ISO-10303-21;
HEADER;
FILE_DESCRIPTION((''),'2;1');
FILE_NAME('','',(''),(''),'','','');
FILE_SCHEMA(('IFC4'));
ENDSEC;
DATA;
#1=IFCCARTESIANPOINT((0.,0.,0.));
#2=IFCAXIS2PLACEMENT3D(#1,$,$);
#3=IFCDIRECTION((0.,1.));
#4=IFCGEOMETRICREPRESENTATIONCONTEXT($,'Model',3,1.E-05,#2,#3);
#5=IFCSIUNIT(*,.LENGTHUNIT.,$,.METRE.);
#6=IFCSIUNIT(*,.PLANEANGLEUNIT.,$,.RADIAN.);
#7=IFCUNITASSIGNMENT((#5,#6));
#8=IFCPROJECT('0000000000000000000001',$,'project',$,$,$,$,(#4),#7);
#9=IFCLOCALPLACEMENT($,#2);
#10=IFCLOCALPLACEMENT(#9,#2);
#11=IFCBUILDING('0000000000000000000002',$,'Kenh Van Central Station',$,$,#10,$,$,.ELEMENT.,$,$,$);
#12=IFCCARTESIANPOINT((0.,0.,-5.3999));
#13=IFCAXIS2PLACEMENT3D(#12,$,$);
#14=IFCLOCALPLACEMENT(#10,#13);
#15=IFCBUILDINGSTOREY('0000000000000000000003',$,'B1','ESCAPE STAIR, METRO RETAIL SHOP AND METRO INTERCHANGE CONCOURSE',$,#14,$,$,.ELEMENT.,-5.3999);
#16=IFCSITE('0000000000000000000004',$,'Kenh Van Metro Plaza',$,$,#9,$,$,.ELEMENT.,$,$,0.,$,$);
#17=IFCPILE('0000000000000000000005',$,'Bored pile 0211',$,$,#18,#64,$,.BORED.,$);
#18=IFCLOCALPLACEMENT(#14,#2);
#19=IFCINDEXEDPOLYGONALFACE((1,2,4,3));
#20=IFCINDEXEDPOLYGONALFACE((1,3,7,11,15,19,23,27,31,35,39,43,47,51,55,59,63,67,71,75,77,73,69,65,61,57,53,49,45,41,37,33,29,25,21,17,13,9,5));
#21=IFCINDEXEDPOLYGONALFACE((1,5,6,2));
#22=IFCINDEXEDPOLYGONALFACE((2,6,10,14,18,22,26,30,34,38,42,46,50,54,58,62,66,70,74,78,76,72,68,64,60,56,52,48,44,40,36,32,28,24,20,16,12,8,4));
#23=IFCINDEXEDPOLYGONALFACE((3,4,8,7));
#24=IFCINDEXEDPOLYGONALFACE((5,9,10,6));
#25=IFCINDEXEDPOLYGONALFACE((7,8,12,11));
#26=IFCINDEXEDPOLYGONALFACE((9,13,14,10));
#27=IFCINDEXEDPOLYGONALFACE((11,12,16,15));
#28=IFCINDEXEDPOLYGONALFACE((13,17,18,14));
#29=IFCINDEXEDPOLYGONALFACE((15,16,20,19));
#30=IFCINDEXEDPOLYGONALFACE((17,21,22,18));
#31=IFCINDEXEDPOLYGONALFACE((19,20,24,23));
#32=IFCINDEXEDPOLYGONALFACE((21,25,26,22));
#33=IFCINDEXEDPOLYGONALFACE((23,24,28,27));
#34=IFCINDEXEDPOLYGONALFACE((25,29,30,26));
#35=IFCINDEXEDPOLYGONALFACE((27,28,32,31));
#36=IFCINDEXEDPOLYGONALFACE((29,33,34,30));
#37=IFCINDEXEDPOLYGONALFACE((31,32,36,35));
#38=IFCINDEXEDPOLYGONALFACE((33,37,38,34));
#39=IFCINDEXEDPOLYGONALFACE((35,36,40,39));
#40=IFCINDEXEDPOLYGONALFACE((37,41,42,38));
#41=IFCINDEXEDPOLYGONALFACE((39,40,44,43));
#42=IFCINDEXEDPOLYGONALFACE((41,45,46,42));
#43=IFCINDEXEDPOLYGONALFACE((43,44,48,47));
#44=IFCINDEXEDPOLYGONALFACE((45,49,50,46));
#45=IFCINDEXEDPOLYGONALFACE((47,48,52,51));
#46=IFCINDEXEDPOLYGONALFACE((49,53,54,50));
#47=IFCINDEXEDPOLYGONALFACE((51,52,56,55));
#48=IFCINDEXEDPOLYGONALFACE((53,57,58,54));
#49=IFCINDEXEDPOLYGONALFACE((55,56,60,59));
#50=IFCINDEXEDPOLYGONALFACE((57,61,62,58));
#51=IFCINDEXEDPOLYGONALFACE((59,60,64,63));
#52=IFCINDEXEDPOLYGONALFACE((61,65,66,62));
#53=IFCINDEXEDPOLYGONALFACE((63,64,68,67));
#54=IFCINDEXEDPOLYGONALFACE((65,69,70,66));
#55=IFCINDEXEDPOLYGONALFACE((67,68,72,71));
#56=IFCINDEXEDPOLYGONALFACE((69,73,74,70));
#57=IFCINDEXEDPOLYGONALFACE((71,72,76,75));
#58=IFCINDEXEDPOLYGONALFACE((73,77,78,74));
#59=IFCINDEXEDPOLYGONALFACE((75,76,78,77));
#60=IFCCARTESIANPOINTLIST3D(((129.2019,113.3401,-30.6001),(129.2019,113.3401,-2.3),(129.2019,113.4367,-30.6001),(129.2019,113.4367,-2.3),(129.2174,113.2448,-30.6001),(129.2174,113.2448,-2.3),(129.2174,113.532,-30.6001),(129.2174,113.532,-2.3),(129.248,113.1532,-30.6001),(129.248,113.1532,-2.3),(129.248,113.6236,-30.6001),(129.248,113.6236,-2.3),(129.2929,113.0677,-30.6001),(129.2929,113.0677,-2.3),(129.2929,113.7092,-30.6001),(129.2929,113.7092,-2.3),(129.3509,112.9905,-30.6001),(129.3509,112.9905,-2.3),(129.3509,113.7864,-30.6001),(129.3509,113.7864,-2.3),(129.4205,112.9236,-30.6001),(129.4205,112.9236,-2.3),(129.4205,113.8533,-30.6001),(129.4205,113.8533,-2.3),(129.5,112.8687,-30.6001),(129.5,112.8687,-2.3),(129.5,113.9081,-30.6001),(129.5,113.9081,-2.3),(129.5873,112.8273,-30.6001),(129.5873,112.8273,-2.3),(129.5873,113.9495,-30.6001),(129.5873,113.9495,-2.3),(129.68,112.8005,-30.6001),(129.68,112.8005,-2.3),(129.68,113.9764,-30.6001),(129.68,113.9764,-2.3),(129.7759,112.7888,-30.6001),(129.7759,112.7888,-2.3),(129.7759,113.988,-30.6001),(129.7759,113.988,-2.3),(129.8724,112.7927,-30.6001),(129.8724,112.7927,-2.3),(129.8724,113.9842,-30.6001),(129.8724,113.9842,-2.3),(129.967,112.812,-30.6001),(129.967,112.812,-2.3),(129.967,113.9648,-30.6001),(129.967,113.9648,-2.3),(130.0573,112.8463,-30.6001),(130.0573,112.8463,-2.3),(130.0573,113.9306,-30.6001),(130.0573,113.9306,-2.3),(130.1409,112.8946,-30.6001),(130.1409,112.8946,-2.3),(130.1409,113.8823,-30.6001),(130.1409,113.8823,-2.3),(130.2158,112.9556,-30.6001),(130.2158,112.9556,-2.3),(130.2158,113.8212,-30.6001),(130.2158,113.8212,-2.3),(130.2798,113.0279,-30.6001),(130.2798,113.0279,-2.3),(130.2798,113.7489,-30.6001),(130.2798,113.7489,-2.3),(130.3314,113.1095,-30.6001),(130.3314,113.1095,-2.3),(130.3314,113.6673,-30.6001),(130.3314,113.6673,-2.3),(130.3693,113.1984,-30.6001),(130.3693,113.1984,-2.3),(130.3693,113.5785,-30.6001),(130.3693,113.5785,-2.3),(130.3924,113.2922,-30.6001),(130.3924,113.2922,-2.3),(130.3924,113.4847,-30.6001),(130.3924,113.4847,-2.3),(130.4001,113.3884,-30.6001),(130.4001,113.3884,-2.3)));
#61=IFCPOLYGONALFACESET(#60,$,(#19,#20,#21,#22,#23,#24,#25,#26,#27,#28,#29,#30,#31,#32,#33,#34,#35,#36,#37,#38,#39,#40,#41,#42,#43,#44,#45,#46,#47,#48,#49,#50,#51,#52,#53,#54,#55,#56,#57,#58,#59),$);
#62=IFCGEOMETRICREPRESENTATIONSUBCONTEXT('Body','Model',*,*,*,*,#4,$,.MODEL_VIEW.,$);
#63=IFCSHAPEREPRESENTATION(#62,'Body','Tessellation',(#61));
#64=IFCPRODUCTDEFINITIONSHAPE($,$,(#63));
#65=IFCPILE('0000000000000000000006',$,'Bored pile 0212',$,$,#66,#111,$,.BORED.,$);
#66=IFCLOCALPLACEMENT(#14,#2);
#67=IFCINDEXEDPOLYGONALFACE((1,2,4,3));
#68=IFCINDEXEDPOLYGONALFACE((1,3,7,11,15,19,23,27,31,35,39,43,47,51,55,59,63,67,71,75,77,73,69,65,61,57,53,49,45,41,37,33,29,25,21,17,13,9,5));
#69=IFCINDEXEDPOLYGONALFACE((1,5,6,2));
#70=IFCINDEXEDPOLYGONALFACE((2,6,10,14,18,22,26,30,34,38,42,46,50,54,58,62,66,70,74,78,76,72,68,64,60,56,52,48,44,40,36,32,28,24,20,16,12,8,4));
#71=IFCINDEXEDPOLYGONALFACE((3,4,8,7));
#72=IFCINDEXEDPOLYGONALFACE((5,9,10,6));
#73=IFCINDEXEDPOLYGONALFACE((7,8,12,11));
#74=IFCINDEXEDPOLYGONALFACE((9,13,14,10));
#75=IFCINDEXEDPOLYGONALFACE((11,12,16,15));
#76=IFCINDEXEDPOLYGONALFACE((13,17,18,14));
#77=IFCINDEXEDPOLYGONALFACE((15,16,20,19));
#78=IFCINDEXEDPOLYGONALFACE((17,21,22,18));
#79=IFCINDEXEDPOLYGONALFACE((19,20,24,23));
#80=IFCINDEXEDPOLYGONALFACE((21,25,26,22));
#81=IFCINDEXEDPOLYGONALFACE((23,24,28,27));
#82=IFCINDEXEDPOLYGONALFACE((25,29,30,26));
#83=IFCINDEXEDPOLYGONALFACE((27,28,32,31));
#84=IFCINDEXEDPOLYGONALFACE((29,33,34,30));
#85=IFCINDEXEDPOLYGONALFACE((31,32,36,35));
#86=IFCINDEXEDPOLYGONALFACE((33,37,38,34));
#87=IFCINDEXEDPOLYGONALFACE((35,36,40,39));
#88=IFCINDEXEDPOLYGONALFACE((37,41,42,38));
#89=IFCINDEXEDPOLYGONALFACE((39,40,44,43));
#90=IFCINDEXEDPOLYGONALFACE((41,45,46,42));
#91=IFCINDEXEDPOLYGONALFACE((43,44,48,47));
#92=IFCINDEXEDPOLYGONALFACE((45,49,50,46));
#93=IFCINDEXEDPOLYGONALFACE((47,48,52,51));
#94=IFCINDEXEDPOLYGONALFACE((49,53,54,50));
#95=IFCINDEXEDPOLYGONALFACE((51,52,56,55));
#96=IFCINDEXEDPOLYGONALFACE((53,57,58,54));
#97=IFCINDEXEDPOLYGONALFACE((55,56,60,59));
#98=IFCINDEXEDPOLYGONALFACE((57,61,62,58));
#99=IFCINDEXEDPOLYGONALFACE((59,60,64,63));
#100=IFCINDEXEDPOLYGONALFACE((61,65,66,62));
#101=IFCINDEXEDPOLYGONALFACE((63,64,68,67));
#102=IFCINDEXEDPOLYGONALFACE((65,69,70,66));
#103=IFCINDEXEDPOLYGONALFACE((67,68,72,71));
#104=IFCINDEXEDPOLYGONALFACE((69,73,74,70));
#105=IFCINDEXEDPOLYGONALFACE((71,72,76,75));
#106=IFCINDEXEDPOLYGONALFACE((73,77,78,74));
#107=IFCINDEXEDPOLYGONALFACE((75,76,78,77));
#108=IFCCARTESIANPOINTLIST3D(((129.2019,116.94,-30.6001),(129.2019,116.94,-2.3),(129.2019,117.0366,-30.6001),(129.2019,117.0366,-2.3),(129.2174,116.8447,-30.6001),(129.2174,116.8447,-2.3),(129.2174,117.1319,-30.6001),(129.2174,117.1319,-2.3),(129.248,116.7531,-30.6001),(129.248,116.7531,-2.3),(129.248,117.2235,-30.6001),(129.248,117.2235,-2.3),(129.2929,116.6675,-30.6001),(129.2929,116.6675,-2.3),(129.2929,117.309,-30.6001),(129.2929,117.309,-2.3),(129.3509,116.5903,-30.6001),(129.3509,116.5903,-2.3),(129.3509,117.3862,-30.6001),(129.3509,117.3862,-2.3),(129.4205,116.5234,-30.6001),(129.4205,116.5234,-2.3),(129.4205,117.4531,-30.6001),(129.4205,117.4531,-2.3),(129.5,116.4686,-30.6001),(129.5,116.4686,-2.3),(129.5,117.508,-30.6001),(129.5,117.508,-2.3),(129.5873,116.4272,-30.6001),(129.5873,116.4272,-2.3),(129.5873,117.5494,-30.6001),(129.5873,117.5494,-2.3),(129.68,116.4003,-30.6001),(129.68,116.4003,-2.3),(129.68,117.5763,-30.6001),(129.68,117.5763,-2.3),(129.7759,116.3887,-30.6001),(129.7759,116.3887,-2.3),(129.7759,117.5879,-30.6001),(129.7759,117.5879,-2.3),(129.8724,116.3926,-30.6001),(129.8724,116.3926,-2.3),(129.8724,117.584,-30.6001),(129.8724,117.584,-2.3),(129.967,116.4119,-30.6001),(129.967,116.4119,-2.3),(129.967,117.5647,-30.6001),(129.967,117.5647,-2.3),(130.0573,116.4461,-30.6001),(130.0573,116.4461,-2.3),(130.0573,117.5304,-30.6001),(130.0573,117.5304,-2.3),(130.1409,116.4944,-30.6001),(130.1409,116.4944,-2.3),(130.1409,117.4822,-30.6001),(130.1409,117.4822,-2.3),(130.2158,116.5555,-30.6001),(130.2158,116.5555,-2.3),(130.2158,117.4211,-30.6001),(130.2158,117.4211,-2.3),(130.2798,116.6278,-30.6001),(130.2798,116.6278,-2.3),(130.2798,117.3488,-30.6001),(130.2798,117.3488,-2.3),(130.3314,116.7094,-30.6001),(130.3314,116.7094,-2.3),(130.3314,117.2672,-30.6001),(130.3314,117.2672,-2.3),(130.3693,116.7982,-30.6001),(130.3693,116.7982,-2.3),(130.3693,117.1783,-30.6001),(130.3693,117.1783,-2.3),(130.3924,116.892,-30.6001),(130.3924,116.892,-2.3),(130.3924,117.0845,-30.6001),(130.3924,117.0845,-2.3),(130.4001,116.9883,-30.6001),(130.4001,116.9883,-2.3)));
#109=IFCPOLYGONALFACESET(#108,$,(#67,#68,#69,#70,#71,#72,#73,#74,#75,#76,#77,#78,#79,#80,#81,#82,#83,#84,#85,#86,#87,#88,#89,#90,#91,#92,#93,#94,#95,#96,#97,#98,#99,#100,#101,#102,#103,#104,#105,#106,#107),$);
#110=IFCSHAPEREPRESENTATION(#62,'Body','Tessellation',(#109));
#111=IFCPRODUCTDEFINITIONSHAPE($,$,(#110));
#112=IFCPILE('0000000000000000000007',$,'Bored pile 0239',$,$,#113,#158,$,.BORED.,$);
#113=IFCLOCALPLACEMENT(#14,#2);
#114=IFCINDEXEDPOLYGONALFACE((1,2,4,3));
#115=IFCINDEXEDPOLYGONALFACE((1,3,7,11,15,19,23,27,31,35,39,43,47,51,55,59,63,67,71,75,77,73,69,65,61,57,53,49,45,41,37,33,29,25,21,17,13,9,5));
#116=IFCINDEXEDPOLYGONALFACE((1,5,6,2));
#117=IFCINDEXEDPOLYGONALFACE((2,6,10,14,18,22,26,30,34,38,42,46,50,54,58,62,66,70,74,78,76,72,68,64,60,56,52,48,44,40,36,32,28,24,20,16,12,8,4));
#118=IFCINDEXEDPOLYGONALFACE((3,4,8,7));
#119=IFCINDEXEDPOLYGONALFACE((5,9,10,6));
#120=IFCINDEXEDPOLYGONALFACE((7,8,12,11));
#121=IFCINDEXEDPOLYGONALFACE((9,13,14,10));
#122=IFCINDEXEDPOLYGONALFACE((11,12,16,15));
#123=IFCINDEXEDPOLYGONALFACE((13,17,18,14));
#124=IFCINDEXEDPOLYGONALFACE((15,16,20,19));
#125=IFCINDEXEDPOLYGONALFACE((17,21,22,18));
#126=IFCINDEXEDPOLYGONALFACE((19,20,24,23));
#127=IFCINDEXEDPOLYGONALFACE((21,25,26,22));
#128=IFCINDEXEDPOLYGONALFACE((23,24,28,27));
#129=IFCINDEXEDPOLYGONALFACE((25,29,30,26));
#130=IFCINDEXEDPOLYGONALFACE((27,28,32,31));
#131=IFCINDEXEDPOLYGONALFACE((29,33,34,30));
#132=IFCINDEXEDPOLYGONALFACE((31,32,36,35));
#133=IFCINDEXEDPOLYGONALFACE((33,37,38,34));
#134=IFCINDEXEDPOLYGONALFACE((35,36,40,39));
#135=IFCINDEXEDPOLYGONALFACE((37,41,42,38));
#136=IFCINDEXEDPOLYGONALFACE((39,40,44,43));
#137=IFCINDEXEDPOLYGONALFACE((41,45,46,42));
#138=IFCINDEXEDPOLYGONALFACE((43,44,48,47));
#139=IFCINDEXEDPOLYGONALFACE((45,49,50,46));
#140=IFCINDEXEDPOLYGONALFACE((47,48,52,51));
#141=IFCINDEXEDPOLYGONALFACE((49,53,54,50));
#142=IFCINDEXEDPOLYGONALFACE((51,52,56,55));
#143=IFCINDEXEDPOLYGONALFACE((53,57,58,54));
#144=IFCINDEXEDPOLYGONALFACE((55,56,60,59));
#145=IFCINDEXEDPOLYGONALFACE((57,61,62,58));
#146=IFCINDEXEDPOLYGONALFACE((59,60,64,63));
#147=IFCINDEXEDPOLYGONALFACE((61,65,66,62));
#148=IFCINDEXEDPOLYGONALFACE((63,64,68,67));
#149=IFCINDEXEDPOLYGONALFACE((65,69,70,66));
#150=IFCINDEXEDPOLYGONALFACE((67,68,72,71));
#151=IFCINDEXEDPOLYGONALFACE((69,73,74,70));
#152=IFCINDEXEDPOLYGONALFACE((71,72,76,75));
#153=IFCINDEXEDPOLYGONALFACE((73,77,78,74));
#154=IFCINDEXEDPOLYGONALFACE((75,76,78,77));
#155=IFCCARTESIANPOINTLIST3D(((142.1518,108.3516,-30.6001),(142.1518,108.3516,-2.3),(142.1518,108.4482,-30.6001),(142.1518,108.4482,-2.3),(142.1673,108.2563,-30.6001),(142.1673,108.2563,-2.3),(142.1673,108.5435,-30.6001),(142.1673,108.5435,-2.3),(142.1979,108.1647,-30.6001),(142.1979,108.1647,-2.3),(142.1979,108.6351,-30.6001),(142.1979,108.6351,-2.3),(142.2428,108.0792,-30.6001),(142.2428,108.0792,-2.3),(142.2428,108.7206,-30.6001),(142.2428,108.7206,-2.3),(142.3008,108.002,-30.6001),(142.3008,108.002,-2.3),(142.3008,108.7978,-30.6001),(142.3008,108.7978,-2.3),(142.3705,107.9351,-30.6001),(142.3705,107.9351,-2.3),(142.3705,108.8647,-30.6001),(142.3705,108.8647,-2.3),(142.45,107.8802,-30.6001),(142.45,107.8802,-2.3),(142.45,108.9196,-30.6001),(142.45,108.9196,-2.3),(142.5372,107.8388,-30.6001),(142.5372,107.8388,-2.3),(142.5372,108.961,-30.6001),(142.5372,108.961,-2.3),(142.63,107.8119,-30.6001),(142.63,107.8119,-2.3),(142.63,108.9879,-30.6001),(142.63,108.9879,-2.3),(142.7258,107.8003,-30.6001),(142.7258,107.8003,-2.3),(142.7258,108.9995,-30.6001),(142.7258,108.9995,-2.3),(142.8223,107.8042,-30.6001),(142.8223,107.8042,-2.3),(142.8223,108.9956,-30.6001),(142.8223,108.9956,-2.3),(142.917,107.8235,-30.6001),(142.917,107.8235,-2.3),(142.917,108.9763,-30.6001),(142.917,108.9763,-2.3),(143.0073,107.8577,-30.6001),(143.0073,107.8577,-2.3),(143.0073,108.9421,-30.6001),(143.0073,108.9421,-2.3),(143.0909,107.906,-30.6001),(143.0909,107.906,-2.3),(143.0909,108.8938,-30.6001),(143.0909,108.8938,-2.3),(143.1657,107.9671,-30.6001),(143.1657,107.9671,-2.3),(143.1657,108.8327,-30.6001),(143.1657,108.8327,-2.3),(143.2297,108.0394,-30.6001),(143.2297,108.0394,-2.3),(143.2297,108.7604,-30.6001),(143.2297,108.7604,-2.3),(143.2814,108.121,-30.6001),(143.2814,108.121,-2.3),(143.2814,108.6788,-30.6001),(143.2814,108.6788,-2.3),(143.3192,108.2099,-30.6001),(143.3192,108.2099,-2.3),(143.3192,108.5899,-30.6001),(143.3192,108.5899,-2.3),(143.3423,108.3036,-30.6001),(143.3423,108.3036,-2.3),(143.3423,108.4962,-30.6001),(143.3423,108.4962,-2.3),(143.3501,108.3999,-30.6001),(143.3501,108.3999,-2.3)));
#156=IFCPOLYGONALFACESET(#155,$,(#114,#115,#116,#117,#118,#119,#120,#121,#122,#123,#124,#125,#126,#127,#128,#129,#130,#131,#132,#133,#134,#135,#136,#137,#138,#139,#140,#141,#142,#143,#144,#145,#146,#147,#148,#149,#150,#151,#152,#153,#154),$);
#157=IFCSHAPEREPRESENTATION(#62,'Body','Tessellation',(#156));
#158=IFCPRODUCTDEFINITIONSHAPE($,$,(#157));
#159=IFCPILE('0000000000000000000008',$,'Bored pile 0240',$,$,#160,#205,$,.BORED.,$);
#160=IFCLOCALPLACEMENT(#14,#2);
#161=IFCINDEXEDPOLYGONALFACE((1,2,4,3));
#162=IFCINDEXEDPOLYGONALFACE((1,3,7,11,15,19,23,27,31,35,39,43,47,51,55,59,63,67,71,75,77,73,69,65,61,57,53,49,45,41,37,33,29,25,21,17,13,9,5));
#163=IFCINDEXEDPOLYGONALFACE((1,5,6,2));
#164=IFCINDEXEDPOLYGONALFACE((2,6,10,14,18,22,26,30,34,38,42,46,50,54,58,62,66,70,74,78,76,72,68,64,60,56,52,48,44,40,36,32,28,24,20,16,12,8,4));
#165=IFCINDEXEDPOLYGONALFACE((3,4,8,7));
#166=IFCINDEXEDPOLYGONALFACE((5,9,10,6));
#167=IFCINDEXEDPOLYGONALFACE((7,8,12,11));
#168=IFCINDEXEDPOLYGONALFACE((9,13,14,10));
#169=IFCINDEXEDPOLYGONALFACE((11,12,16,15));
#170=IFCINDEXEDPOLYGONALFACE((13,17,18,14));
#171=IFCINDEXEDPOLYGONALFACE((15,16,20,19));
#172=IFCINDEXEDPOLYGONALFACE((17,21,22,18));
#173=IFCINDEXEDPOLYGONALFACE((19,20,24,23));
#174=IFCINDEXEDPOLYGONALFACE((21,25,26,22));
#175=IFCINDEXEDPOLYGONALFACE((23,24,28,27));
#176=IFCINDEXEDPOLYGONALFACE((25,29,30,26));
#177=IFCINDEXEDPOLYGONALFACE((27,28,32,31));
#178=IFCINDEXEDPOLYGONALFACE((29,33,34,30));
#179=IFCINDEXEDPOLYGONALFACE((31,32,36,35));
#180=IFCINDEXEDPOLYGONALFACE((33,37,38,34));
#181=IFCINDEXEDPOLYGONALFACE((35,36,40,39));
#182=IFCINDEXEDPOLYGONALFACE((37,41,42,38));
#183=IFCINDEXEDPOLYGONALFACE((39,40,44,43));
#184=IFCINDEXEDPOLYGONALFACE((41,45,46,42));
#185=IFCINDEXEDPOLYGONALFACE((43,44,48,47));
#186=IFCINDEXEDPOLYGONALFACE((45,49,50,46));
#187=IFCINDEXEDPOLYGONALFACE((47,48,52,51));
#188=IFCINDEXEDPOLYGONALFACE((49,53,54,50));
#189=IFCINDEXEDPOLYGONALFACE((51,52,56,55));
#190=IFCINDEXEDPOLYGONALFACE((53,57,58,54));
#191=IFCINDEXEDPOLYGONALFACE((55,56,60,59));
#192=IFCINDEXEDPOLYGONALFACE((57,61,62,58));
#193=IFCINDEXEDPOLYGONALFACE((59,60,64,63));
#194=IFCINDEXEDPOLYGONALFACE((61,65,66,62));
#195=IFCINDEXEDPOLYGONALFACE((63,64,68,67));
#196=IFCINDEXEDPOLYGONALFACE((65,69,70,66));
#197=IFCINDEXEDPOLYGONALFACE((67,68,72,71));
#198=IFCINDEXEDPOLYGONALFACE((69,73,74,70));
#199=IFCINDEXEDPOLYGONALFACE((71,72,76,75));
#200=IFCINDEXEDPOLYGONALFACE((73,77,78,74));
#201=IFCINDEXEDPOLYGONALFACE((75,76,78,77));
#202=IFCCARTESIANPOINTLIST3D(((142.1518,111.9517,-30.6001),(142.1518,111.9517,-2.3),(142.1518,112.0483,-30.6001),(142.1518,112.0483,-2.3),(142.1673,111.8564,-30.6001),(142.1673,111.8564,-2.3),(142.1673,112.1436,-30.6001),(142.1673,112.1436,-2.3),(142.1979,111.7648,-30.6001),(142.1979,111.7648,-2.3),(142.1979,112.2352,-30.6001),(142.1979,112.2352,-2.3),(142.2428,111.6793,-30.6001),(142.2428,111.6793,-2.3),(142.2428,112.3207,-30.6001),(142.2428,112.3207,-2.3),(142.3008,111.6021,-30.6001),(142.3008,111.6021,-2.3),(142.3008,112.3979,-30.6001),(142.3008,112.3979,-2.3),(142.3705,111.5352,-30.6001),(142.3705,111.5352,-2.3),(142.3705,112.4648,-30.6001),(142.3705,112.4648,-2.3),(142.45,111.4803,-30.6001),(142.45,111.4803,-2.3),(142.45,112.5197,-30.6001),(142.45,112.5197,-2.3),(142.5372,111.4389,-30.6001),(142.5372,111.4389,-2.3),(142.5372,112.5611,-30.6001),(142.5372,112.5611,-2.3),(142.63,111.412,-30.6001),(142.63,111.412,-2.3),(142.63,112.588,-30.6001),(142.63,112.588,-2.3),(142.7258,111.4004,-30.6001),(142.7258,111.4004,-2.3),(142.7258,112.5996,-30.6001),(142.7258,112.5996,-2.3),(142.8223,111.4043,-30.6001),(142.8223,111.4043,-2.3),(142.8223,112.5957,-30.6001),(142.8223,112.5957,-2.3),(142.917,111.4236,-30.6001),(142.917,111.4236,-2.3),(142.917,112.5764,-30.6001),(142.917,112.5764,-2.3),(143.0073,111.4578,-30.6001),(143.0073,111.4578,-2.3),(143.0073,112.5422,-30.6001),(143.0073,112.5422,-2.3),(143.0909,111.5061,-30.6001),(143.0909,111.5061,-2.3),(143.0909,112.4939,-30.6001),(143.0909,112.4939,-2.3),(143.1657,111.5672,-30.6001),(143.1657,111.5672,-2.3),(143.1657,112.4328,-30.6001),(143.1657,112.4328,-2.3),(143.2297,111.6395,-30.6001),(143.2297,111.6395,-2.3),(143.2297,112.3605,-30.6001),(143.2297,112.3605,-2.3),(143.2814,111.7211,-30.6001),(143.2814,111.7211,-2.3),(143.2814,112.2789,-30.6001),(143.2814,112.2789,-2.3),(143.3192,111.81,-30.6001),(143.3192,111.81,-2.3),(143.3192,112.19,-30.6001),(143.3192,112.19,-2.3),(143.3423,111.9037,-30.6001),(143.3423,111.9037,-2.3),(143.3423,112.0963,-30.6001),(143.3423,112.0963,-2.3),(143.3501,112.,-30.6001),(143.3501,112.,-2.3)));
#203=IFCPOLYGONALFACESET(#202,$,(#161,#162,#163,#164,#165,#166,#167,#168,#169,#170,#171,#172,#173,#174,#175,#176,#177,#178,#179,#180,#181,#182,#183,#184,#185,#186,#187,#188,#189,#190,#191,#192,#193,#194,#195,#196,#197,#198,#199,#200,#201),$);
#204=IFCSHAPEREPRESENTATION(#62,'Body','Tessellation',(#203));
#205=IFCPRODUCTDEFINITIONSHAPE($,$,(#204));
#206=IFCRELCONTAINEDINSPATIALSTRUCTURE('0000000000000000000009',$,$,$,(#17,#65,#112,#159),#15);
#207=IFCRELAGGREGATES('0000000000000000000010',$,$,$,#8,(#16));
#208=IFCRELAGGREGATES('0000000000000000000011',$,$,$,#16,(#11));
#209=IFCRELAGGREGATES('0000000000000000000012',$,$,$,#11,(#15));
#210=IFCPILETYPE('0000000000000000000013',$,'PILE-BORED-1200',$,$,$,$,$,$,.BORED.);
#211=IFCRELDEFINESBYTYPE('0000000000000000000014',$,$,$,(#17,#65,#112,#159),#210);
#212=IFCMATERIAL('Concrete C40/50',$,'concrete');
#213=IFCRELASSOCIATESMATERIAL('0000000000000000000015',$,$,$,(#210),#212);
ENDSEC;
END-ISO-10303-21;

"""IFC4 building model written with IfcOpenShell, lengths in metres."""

from ifc_helpers import new_model, si_unit, direction, frame, origin, origin_2d, place, context, subcontext, project, spatial, circle, extrude, material, material_profile, profile_set, type_object, element, save


model = new_model("IFC4")

# Units and contexts
model_context = context("Model", 3, precision=1e-05, world=origin(), true_north=direction((0.0, 1.0)))
body_context = subcontext(model_context, "Body", "Model", "MODEL_VIEW")
ifc_project = project(units=[si_unit("LENGTHUNIT", "METRE"), si_unit("PLANEANGLEUNIT", "RADIAN")], contexts=[model_context])

# Site, building, storey
site_placement = place(None, origin())
site = spatial("IfcSite", under=ifc_project, at=site_placement, Name="Kenh Van Metro Plaza", CompositionType="ELEMENT", RefElevation=0.0)
building_placement = place(site_placement, origin())
building = spatial("IfcBuilding", under=site, at=building_placement, Name="Kenh Van Central Station", CompositionType="ELEMENT")
storey_placement = place(building_placement, frame((0.0, 0.0, -5.3999)))
storey = spatial("IfcBuildingStorey", under=building, at=storey_placement, Name="B1", Description="ESCAPE STAIR, METRO RETAIL SHOP AND METRO INTERCHANGE CONCOURSE", CompositionType="ELEMENT", Elevation=-5.3999)

# Shared definitions
ifc_material_1 = material(Name="Concrete C40/50", Category="concrete")

# Piles
ifc_material_profile_1 = material_profile(ifc_material_1, circle(Radius=0.6001, at=origin_2d()), Name="PILE D1200")
ifc_profile_set_1 = profile_set([ifc_material_profile_1], Name="Concrete C40/50")
pile_type_1 = type_object("IfcPileType", Name="PILE-BORED-1200", PredefinedType="BORED", material=ifc_profile_set_1)
for number, where, z_axis, x_axis, name in (
    (1, (129.8, 113.3884, -2.3), (0.0, 0.0, -1.0), (1.0, 0.0, 0.0), "Bored pile 0211"),
    (2, (129.8, 116.9883, -2.3), (0.0, 0.0, -1.0), (1.0, 0.0, 0.0), "Bored pile 0212"),
    (3, (142.75, 108.3999, -2.3), (0.0, 0.0, -1.0), (1.0, 0.0, 0.0), "Bored pile 0239"),
    (4, (142.75, 112.0, -2.3), (0.0, 0.0, -1.0), (1.0, 0.0, 0.0), "Bored pile 0240"),
):
    element("IfcPile", number, at=place(storey_placement, frame(where, z_axis=z_axis, x_axis=x_axis)), inside=storey, type_object=pile_type_1, Name=name, PredefinedType="BORED", context=body_context, shape_type="SweptSolid", body=[
        extrude(circle(Radius=0.6001, at=origin_2d()), origin(), (0.0, 0.0, 1.0), 28.3),
    ])

save(model, "model.ifc")
